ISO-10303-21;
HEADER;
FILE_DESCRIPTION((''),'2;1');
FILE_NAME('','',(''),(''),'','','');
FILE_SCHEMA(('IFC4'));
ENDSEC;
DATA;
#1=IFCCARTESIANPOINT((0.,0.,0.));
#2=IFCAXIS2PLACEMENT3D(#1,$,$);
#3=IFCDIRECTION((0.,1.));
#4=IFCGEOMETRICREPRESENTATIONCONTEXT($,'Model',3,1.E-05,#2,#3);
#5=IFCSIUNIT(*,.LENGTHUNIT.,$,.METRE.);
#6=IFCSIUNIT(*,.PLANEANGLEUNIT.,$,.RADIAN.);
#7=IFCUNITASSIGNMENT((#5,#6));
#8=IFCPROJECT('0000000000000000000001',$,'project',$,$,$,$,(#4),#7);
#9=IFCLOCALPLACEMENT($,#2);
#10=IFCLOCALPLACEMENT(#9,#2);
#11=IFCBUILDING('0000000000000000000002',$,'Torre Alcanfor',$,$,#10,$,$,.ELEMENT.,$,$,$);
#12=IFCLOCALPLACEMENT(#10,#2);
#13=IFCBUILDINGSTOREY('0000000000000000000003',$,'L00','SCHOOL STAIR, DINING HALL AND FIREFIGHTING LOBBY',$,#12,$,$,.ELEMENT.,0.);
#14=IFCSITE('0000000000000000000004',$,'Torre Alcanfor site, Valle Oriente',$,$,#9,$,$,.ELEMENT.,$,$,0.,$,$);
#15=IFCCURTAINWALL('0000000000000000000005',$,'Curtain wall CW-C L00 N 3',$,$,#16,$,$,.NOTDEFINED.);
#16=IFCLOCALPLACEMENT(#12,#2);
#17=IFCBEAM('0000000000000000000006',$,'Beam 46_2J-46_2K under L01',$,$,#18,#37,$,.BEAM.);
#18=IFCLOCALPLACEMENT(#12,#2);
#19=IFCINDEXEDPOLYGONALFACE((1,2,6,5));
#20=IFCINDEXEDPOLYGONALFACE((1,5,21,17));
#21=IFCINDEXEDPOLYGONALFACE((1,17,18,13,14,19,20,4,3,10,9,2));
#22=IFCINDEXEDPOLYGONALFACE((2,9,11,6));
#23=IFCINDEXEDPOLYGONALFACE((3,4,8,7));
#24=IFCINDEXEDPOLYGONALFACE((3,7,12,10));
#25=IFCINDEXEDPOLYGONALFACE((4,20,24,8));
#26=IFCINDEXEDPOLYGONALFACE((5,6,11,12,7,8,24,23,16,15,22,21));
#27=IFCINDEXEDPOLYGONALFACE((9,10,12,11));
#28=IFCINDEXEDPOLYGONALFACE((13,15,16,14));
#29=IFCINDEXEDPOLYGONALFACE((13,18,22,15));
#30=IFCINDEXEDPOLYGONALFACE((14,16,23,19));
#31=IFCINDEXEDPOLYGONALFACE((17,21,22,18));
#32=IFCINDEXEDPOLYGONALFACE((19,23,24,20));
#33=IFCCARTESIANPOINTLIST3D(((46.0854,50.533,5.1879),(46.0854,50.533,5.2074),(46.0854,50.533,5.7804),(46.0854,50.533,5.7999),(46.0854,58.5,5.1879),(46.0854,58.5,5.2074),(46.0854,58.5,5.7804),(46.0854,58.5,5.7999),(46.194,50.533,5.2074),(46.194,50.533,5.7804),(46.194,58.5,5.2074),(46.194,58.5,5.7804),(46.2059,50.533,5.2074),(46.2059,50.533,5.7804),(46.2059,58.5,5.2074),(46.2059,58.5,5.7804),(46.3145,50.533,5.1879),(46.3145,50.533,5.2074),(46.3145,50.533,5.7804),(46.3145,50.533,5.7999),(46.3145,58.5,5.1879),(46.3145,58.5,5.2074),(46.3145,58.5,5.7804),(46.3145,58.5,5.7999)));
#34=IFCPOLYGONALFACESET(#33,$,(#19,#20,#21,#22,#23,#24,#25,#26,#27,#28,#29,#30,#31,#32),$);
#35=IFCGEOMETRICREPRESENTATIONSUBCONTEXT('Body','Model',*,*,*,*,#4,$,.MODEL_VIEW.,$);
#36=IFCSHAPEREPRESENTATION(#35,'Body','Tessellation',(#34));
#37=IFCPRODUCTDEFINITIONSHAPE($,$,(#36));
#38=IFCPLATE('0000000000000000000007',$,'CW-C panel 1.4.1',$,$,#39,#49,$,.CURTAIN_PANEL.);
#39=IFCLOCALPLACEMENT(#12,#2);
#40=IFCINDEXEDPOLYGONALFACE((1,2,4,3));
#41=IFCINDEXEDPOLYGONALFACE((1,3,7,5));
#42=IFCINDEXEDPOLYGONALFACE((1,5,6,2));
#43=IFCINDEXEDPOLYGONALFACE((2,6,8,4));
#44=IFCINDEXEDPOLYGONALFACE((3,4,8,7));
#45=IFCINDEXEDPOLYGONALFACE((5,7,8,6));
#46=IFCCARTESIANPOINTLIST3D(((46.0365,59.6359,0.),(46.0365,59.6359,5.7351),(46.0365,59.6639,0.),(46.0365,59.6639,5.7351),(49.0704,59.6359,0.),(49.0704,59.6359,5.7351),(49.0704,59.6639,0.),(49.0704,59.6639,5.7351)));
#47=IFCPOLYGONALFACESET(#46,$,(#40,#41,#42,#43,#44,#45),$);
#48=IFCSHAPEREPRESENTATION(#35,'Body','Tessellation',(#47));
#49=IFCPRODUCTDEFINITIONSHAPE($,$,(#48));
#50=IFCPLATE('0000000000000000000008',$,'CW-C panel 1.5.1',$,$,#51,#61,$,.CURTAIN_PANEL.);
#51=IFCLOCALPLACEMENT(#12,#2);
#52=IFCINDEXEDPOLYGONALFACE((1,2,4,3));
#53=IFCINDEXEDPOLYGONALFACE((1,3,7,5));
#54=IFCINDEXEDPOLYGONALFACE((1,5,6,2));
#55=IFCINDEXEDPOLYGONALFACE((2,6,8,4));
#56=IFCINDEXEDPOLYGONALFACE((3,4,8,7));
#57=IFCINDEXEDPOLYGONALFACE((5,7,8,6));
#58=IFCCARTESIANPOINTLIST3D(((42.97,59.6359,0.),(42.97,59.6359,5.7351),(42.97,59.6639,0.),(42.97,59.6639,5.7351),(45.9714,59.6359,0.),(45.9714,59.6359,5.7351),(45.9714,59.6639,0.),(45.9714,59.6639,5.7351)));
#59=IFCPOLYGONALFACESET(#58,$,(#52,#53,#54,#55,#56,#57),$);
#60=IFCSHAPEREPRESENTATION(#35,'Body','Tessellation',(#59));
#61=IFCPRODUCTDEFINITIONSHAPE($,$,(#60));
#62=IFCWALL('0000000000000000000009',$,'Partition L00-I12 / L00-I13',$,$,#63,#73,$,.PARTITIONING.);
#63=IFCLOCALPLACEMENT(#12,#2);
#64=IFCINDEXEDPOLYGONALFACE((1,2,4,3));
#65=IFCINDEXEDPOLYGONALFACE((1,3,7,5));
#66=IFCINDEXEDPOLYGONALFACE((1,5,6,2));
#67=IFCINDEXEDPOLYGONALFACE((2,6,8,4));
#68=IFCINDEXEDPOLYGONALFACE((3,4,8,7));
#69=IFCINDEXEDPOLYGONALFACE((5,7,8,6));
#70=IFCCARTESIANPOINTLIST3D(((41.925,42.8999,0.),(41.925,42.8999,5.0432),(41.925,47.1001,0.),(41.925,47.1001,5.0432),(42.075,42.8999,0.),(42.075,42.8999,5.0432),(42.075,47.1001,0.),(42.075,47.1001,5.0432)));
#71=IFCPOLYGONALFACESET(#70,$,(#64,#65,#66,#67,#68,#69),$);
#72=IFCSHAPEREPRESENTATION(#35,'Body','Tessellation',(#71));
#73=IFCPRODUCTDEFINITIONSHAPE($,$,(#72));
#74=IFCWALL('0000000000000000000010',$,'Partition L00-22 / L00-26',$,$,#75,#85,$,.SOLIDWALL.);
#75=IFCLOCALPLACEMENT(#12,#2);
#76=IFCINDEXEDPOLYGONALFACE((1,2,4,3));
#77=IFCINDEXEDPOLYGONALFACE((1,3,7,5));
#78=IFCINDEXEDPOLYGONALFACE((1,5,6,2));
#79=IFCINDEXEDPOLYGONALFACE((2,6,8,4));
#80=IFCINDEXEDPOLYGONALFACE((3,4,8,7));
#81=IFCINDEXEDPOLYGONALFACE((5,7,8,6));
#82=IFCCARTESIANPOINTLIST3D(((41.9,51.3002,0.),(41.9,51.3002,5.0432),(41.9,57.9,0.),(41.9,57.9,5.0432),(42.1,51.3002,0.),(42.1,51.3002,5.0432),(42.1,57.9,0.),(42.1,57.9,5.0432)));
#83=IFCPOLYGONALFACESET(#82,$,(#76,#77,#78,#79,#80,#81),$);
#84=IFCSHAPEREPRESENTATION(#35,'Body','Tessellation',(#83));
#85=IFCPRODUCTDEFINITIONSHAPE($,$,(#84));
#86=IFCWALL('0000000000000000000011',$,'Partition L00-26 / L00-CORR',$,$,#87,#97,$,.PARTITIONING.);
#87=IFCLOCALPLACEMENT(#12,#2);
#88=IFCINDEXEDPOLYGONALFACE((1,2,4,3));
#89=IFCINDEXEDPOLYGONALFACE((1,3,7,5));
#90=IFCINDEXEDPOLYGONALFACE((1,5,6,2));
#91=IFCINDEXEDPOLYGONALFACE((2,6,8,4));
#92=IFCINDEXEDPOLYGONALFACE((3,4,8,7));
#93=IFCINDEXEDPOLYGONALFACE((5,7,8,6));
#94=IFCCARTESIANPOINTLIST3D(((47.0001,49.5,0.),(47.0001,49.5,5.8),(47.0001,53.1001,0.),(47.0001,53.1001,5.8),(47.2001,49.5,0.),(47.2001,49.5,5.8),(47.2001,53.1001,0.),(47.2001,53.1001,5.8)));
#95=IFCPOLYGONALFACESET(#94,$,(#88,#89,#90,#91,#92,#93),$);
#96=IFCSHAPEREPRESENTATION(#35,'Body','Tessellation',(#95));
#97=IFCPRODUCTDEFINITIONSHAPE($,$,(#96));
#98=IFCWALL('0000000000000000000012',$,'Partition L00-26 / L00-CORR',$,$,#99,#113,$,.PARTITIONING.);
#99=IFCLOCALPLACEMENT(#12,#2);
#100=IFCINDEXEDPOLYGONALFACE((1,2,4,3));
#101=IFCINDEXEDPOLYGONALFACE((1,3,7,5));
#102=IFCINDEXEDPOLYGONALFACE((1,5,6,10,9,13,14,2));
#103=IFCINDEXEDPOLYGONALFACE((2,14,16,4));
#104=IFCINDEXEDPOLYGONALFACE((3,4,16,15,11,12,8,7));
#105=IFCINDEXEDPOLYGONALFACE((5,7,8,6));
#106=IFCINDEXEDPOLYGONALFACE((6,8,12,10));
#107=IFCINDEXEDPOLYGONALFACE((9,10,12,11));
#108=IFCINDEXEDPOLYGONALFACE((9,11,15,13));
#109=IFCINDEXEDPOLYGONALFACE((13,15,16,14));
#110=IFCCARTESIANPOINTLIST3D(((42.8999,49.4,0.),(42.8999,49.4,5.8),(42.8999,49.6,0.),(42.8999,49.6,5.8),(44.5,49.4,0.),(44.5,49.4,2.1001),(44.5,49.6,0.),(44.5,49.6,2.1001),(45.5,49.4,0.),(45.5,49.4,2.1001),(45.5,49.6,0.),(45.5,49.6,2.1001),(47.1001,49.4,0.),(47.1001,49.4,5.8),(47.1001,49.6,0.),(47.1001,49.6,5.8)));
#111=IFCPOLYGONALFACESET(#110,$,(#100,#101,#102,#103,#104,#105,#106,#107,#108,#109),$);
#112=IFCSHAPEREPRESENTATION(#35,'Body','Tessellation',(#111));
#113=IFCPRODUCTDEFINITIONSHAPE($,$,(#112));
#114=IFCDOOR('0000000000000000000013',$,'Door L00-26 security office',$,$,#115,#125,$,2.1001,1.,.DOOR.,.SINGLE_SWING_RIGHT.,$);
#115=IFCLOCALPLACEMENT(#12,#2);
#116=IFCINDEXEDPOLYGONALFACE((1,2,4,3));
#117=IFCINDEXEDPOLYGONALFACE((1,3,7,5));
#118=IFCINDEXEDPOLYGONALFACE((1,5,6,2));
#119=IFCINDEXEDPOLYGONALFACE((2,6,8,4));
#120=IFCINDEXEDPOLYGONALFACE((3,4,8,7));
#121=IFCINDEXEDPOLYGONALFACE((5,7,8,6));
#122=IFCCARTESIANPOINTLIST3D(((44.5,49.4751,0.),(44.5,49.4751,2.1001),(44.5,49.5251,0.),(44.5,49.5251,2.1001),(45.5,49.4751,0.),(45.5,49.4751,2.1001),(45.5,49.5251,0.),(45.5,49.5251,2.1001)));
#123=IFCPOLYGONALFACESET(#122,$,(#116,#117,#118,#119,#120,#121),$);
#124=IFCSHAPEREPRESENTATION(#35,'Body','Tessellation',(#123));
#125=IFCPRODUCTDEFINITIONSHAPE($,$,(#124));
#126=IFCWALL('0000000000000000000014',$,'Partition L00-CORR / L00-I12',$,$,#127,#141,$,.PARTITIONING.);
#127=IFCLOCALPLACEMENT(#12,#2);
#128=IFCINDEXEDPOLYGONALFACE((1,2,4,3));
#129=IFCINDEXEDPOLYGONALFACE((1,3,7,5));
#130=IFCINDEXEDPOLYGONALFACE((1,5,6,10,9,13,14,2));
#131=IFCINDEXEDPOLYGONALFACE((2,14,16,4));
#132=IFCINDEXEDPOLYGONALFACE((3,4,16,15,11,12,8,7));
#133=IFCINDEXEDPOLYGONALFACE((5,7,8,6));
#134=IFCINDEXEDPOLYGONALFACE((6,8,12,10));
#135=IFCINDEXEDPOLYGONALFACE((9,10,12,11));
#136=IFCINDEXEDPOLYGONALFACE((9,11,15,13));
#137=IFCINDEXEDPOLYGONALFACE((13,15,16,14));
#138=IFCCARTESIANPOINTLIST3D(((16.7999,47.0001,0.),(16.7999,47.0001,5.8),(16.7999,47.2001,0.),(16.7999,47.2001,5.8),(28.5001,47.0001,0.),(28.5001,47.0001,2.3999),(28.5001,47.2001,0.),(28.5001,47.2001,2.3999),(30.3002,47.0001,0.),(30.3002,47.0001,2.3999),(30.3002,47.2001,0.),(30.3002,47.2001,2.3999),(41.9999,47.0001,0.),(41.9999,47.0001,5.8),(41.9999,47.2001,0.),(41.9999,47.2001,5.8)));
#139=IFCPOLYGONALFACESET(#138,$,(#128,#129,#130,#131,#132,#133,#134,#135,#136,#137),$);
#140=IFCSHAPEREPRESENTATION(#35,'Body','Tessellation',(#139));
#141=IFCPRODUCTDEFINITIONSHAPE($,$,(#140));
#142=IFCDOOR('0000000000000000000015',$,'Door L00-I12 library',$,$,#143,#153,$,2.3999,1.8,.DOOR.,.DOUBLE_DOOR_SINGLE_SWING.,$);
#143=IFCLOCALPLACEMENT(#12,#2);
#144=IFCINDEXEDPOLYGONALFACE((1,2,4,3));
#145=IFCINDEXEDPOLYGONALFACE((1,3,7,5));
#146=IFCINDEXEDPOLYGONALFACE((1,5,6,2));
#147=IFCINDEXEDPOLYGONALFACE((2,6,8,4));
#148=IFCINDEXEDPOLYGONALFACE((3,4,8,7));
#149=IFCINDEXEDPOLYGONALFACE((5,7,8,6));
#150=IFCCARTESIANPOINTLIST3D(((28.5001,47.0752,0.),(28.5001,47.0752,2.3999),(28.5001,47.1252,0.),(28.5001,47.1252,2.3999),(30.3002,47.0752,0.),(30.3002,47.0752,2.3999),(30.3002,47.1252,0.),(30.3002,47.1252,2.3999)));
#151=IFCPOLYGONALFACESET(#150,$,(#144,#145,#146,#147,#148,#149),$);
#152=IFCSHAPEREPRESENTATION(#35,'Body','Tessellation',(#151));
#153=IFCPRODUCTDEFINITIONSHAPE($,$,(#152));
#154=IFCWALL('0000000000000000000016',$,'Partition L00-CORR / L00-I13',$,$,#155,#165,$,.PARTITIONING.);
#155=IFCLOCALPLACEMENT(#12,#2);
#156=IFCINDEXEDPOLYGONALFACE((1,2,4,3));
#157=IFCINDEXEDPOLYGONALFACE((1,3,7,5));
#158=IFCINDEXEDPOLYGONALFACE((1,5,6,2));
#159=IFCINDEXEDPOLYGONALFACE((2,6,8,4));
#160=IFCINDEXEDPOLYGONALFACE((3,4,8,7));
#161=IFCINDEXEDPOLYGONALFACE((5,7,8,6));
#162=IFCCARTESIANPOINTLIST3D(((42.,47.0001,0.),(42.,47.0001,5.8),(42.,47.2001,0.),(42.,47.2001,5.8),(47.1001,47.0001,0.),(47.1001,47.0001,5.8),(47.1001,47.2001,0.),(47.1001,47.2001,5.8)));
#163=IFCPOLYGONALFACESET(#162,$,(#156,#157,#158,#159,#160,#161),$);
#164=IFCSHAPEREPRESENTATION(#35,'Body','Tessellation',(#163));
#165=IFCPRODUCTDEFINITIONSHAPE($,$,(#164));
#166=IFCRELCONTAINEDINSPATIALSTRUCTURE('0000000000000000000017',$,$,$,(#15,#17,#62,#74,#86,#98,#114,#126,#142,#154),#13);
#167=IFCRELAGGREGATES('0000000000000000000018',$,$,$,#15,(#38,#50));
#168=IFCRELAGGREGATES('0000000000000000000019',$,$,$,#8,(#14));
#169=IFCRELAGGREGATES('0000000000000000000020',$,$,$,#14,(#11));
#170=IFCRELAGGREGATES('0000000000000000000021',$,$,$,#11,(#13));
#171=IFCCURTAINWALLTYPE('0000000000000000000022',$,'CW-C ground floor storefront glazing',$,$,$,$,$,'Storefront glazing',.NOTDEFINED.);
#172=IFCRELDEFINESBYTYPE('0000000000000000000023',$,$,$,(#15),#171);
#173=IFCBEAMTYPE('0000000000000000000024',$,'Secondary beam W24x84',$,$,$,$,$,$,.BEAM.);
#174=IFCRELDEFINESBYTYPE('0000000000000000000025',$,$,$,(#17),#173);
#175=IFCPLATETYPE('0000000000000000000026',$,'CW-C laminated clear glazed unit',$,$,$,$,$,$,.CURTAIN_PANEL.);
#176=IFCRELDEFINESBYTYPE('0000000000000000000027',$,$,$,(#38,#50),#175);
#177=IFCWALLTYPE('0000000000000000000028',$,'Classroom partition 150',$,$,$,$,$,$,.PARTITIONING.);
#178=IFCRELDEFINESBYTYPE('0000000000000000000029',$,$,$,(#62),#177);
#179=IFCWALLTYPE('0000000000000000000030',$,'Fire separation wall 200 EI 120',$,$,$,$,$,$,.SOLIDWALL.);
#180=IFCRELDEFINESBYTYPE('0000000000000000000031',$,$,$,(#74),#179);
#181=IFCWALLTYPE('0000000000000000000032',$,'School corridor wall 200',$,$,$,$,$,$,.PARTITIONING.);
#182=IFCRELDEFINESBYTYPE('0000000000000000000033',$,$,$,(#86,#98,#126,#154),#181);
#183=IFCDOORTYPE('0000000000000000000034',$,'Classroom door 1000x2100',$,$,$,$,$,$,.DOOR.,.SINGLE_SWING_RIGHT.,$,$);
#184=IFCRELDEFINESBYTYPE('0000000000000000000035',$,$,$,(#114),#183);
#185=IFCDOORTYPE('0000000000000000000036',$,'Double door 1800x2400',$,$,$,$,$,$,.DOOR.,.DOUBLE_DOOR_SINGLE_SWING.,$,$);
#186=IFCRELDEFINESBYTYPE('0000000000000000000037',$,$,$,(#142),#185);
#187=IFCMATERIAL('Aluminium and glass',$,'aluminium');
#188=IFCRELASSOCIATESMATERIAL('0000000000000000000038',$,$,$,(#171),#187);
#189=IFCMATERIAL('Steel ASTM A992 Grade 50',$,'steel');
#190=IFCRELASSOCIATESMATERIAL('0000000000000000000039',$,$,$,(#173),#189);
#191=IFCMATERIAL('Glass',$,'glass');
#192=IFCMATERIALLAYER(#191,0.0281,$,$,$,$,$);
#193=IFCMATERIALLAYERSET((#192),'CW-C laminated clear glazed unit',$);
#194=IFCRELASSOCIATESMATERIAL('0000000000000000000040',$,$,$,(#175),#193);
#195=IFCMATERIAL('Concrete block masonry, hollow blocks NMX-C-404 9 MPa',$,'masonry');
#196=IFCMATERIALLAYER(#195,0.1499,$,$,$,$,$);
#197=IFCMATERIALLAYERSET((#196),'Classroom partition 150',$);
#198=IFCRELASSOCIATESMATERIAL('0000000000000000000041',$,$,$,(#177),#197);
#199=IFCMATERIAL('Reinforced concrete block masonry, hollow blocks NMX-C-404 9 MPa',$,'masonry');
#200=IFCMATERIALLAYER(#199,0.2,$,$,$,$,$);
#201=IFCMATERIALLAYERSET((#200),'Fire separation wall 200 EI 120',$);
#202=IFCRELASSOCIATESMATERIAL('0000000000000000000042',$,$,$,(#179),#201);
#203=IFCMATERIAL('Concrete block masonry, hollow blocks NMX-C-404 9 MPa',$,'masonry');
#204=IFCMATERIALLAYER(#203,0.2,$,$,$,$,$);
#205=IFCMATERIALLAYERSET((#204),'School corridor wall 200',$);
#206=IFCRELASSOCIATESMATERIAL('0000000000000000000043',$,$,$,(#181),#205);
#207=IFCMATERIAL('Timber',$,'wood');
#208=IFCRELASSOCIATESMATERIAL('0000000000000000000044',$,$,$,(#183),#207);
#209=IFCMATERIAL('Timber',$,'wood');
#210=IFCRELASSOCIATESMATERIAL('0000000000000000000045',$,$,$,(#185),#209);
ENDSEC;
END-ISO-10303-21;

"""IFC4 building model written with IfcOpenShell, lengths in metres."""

from ifc_helpers import new_model, si_unit, direction, frame, frame_2d, origin, origin_2d, place, context, subcontext, project, spatial, rectangle, i_section, extrude, material, layer, layer_set, material_profile, profile_set, type_object, element, fill, aggregate, save


model = new_model("IFC4")

# Units and contexts
model_context = context("Model", 3, precision=1e-05, world=origin(), true_north=direction((0.0, 1.0)))
body_context = subcontext(model_context, "Body", "Model", "MODEL_VIEW")
ifc_project = project(units=[si_unit("LENGTHUNIT", "METRE"), si_unit("PLANEANGLEUNIT", "RADIAN")], contexts=[model_context])

# Site, building, storey
site_placement = place(None, origin())
site = spatial("IfcSite", under=ifc_project, at=site_placement, Name="Torre Alcanfor site, Valle Oriente", CompositionType="ELEMENT", RefElevation=0.0)
building_placement = place(site_placement, origin())
building = spatial("IfcBuilding", under=site, at=building_placement, Name="Torre Alcanfor", CompositionType="ELEMENT")
storey_placement = place(building_placement, origin())
storey = spatial("IfcBuildingStorey", under=building, at=storey_placement, Name="L00", Description="SCHOOL STAIR, DINING HALL AND FIREFIGHTING LOBBY", CompositionType="ELEMENT", Elevation=0.0)

# Curtain wall
ifc_material_1 = material(Name="Aluminium and glass", Category="aluminium")
curtain_wall_type = type_object("IfcCurtainWallType", Name="CW-C ground floor storefront glazing", ElementType="Storefront glazing", PredefinedType="NOTDEFINED", material=ifc_material_1)
curtain_wall_placement = place(storey_placement, origin())
curtain_wall = element("IfcCurtainWall", 1, at=curtain_wall_placement, inside=storey, type_object=curtain_wall_type, Name="Curtain wall CW-C L00 N 3", PredefinedType="NOTDEFINED")

# Beam
ifc_material_2 = material(Name="Steel ASTM A992 Grade 50", Category="steel")
ifc_material_profile_1 = material_profile(ifc_material_2, i_section(OverallWidth=0.229, OverallDepth=0.6121, WebThickness=0.012, FlangeThickness=0.0195, at=origin_2d()), Name="W24x84")
ifc_profile_set_1 = profile_set([ifc_material_profile_1], Name="Steel ASTM A992 Grade 50")
beam_type_1 = type_object("IfcBeamType", Name="Secondary beam W24x84", PredefinedType="BEAM", material=ifc_profile_set_1)
beam_1_placement = place(storey_placement, frame((46.2, 50.533, 5.4939), z_axis=(0.0, 1.0, 0.0), x_axis=(-1.0, 0.0, 0.0)))
element("IfcBeam", 2, at=beam_1_placement, inside=storey, type_object=beam_type_1, Name="Beam 46_2J-46_2K under L01", PredefinedType="BEAM", context=body_context, shape_type="SweptSolid", body=[
    extrude(i_section(OverallWidth=0.229, OverallDepth=0.6121, WebThickness=0.012, FlangeThickness=0.0195, at=origin_2d()), origin(), (0.0, 0.0, 1.0), 7.967),
])

# Plates
ifc_material_3 = material(Name="Glass", Category="glass")
ifc_layer_1 = layer(ifc_material_3, 0.0281)
ifc_layer_set_1 = layer_set([ifc_layer_1], Name="CW-C laminated clear glazed unit")
plate_type = type_object("IfcPlateType", Name="CW-C laminated clear glazed unit", PredefinedType="CURTAIN_PANEL", material=ifc_layer_set_1)
plate_1_placement = place(storey_placement, frame((47.5535, 59.6499, 0.0), z_axis=(0.0, 0.0, 1.0), x_axis=(-1.0, 0.0, 0.0)))
plate_1 = element("IfcPlate", 3, at=plate_1_placement, type_object=plate_type, Name="CW-C panel 1.4.1", PredefinedType="CURTAIN_PANEL", context=body_context, shape_type="SweptSolid", body=[
    extrude(rectangle(XDim=3.0339, YDim=0.0281, at=origin_2d()), origin(), (0.0, 0.0, 1.0), 5.7351),
])
plate_2_placement = place(storey_placement, frame((44.4707, 59.6499, 0.0), z_axis=(0.0, 0.0, 1.0), x_axis=(-1.0, 0.0, 0.0)))
plate_2 = element("IfcPlate", 4, at=plate_2_placement, type_object=plate_type, Name="CW-C panel 1.5.1", PredefinedType="CURTAIN_PANEL", context=body_context, shape_type="SweptSolid", body=[
    extrude(rectangle(XDim=3.0015, YDim=0.0281, at=origin_2d()), origin(), (0.0, 0.0, 1.0), 5.7351),
])
aggregate(curtain_wall, [plate_1, plate_2])

# Walls
ifc_material_4 = material(Name="Concrete block masonry, hollow blocks NMX-C-404 9 MPa", Category="masonry")
ifc_layer_2 = layer(ifc_material_4, 0.1499)
ifc_layer_set_2 = layer_set([ifc_layer_2], Name="Classroom partition 150")
wall_type_1 = type_object("IfcWallType", Name="Classroom partition 150", PredefinedType="PARTITIONING", material=ifc_layer_set_2)
wall_1_placement = place(storey_placement, frame((42.0, 47.1001, 0.0), z_axis=(0.0, 0.0, 1.0), x_axis=(0.0, -1.0, 0.0)))
element("IfcWall", 5, at=wall_1_placement, inside=storey, type_object=wall_type_1, Name="Partition L00-I12 / L00-I13", PredefinedType="PARTITIONING", context=body_context, shape_type="SweptSolid", body=[
    extrude(rectangle(XDim=4.2002, YDim=0.1499, at=frame_2d((2.1001, 0.0))), origin(), (0.0, 0.0, 1.0), 5.0432),
])
ifc_material_5 = material(Name="Reinforced concrete block masonry, hollow blocks NMX-C-404 9 MPa", Category="masonry")
ifc_layer_3 = layer(ifc_material_5, 0.2)
ifc_layer_set_3 = layer_set([ifc_layer_3], Name="Fire separation wall 200 EI 120")
wall_type_2 = type_object("IfcWallType", Name="Fire separation wall 200 EI 120", PredefinedType="SOLIDWALL", material=ifc_layer_set_3)
wall_2_placement = place(storey_placement, frame((42.0, 57.8999, 0.0), z_axis=(0.0, 0.0, 1.0), x_axis=(0.0, -1.0, 0.0)))
element("IfcWall", 6, at=wall_2_placement, inside=storey, type_object=wall_type_2, Name="Partition L00-22 / L00-26", PredefinedType="SOLIDWALL", context=body_context, shape_type="SweptSolid", body=[
    extrude(rectangle(XDim=6.5999, YDim=0.2, at=frame_2d((3.2998, 0.0))), origin(), (0.0, 0.0, 1.0), 5.0432),
])
ifc_material_6 = material(Name="Concrete block masonry, hollow blocks NMX-C-404 9 MPa", Category="masonry")
ifc_layer_4 = layer(ifc_material_6, 0.2)
ifc_layer_set_4 = layer_set([ifc_layer_4], Name="School corridor wall 200")
wall_type_3 = type_object("IfcWallType", Name="School corridor wall 200", PredefinedType="PARTITIONING", material=ifc_layer_set_4)
wall_3_placement = place(storey_placement, frame((47.1001, 53.1001, 0.0), z_axis=(0.0, 0.0, 1.0), x_axis=(0.0, -1.0, 0.0)))
element("IfcWall", 7, at=wall_3_placement, inside=storey, type_object=wall_type_3, Name="Partition L00-26 / L00-CORR", PredefinedType="PARTITIONING", context=body_context, shape_type="SweptSolid", body=[
    extrude(rectangle(XDim=3.6001, YDim=0.2, at=frame_2d((1.8, 0.0))), origin(), (0.0, 0.0, 1.0), 5.8),
])

# Walls, openings, doors
wall_4_placement = place(storey_placement, frame((47.1001, 49.5, 0.0), z_axis=(0.0, 0.0, 1.0), x_axis=(-1.0, 0.0, 0.0)))
wall_4 = element("IfcWall", 8, at=wall_4_placement, inside=storey, type_object=wall_type_3, Name="Partition L00-26 / L00-CORR", PredefinedType="PARTITIONING", context=body_context, shape_type="SweptSolid", body=[
    extrude(rectangle(XDim=4.2002, YDim=0.2, at=frame_2d((2.1001, 0.0))), origin(), (0.0, 0.0, 1.0), 5.8),
])
opening_1_placement = place(wall_4_placement, frame((1.6001, 0.0, 0.0)))
opening_1 = element("IfcOpeningElement", 9, at=opening_1_placement, cuts=wall_4, PredefinedType="OPENING", context=body_context, shape_type="SweptSolid", body=[
    extrude(rectangle(XDim=1.0, YDim=2.1001, at=frame_2d((0.5, 1.05))), frame((0.0, 0.1099, 0.0), z_axis=(0.0, -1.0, 0.0), x_axis=(1.0, 0.0, 0.0)), (0.0, 0.0, 1.0), 0.22),
])
ifc_material_7 = material(Name="Timber", Category="wood")
door_type_1 = type_object("IfcDoorType", Name="Classroom door 1000x2100", OperationType="SINGLE_SWING_RIGHT", PredefinedType="DOOR", material=ifc_material_7)
door_1_placement = place(opening_1_placement, frame((1.0, 0.0, 0.0), z_axis=(0.0, 0.0, 1.0), x_axis=(-1.0, 0.0, 0.0)))
door_1 = element("IfcDoor", 10, at=door_1_placement, inside=storey, type_object=door_type_1, Name="Door L00-26 security office", OperationType="SINGLE_SWING_RIGHT", OverallHeight=2.1001, OverallWidth=1.0, PredefinedType="DOOR", context=body_context, shape_type="SweptSolid", body=[
    extrude(rectangle(XDim=1.0, YDim=2.1001, at=frame_2d((0.5, 1.05))), frame((0.0, 0.0251, 0.0), z_axis=(0.0, -1.0, 0.0), x_axis=(1.0, 0.0, 0.0)), (0.0, 0.0, 1.0), 0.05),
])
fill(opening_1, door_1)
wall_5_placement = place(storey_placement, frame((42.0, 47.1001, 0.0), z_axis=(0.0, 0.0, 1.0), x_axis=(-1.0, 0.0, 0.0)))
wall_5 = element("IfcWall", 11, at=wall_5_placement, inside=storey, type_object=wall_type_3, Name="Partition L00-CORR / L00-I12", PredefinedType="PARTITIONING", context=body_context, shape_type="SweptSolid", body=[
    extrude(rectangle(XDim=25.2, YDim=0.2, at=frame_2d((12.6001, 0.0))), origin(), (0.0, 0.0, 1.0), 5.8),
])
opening_2_placement = place(wall_5_placement, frame((11.7, 0.0, 0.0)))
opening_2 = element("IfcOpeningElement", 12, at=opening_2_placement, cuts=wall_5, PredefinedType="OPENING", context=body_context, shape_type="SweptSolid", body=[
    extrude(rectangle(XDim=1.8, YDim=2.3999, at=frame_2d((0.8999, 1.2))), frame((0.0, 0.1099, 0.0), z_axis=(0.0, -1.0, 0.0), x_axis=(1.0, 0.0, 0.0)), (0.0, 0.0, 1.0), 0.22),
])
ifc_material_8 = material(Name="Timber", Category="wood")
door_type_2 = type_object("IfcDoorType", Name="Double door 1800x2400", OperationType="DOUBLE_DOOR_SINGLE_SWING", PredefinedType="DOOR", material=ifc_material_8)
door_2_placement = place(opening_2_placement, frame((1.8, 0.0, 0.0), z_axis=(0.0, 0.0, 1.0), x_axis=(-1.0, 0.0, 0.0)))
door_2 = element("IfcDoor", 13, at=door_2_placement, inside=storey, type_object=door_type_2, Name="Door L00-I12 library", OperationType="DOUBLE_DOOR_SINGLE_SWING", OverallHeight=2.3999, OverallWidth=1.8, PredefinedType="DOOR", context=body_context, shape_type="SweptSolid", body=[
    extrude(rectangle(XDim=1.8, YDim=2.3999, at=frame_2d((0.9001, 1.2))), frame((0.0, 0.0251, 0.0), z_axis=(0.0, -1.0, 0.0), x_axis=(1.0, 0.0, 0.0)), (0.0, 0.0, 1.0), 0.05),
])
fill(opening_2, door_2)

# Wall
wall_6_placement = place(storey_placement, frame((47.1001, 47.1001, 0.0), z_axis=(0.0, 0.0, 1.0), x_axis=(-1.0, 0.0, 0.0)))
element("IfcWall", 14, at=wall_6_placement, inside=storey, type_object=wall_type_3, Name="Partition L00-CORR / L00-I13", PredefinedType="PARTITIONING", context=body_context, shape_type="SweptSolid", body=[
    extrude(rectangle(XDim=5.1001, YDim=0.2, at=frame_2d((2.55, 0.0))), origin(), (0.0, 0.0, 1.0), 5.8),
])

save(model, "model.ifc")
